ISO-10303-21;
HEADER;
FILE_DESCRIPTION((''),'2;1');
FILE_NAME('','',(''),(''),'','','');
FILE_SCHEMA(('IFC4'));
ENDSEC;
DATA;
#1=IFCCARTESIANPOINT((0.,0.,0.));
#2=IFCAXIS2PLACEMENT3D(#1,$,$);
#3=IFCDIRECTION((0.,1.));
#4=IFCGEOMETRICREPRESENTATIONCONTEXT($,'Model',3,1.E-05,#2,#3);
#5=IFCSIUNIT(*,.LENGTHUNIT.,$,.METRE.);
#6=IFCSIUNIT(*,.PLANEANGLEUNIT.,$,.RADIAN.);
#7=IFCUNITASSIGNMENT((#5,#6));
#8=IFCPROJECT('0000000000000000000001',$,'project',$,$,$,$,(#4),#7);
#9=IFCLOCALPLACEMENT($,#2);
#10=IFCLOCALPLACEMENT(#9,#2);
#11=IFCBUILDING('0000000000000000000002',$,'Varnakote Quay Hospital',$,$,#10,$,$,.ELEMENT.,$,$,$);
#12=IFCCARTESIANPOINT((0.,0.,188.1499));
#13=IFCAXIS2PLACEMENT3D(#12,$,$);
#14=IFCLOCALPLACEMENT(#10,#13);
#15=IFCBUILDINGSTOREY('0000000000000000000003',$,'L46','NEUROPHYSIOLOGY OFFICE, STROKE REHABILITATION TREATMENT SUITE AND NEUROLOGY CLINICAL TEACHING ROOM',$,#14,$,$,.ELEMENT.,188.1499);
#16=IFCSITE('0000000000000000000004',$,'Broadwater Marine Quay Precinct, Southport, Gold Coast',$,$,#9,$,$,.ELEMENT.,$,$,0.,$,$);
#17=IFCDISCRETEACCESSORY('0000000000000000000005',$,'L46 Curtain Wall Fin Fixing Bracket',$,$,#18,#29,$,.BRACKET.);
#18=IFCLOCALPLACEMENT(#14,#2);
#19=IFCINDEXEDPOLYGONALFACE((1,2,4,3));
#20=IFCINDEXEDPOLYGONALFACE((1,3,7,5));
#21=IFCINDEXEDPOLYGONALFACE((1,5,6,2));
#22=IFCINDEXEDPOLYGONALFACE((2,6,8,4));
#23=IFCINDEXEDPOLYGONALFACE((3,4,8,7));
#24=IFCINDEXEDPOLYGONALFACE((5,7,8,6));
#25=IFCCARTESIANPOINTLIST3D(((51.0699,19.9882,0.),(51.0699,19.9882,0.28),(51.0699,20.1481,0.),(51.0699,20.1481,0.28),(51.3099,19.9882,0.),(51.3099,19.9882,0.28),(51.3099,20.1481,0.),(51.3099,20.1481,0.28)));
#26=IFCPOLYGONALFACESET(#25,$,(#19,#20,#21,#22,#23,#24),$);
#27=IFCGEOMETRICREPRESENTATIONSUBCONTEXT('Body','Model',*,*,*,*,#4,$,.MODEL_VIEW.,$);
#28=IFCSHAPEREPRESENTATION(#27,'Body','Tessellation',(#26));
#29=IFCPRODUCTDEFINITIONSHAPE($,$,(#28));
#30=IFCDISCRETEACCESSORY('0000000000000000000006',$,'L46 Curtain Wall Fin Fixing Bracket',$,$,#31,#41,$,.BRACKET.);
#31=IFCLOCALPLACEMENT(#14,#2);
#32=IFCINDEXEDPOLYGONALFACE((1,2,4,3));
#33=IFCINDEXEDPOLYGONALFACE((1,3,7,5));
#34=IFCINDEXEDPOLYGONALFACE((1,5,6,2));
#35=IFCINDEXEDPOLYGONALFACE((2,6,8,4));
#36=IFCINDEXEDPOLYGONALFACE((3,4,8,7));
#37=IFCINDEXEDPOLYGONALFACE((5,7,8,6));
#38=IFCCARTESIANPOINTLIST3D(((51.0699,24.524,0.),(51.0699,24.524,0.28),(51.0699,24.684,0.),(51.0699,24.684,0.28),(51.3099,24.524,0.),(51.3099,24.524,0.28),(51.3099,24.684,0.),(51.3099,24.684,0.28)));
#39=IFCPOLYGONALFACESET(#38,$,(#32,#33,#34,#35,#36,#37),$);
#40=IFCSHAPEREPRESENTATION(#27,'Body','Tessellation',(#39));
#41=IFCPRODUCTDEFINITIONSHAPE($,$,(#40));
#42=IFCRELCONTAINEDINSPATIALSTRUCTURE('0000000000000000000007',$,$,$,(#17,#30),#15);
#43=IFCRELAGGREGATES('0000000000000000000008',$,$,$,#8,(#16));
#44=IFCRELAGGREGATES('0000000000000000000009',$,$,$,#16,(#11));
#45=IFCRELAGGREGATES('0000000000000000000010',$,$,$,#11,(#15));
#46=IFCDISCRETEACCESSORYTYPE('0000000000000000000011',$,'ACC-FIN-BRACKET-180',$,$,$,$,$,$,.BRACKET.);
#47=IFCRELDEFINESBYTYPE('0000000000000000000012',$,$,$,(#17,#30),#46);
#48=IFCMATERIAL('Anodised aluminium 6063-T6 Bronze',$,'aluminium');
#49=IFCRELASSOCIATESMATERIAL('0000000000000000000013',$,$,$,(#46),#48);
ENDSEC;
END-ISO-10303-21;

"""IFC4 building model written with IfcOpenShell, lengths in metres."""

from ifc_helpers import new_model, si_unit, direction, frame, origin, origin_2d, place, context, subcontext, project, spatial, rectangle, extrude, material, type_object, element, save


model = new_model("IFC4")

# Units and contexts
model_context = context("Model", 3, precision=1e-05, world=origin(), true_north=direction((0.0, 1.0)))
body_context = subcontext(model_context, "Body", "Model", "MODEL_VIEW")
ifc_project = project(units=[si_unit("LENGTHUNIT", "METRE"), si_unit("PLANEANGLEUNIT", "RADIAN")], contexts=[model_context])

# Site, building, storey
site_placement = place(None, origin())
site = spatial("IfcSite", under=ifc_project, at=site_placement, Name="Broadwater Marine Quay Precinct, Southport, Gold Coast", CompositionType="ELEMENT", RefElevation=0.0)
building_placement = place(site_placement, origin())
building = spatial("IfcBuilding", under=site, at=building_placement, Name="Varnakote Quay Hospital", CompositionType="ELEMENT")
storey_placement = place(building_placement, frame((0.0, 0.0, 188.1499)))
storey = spatial("IfcBuildingStorey", under=building, at=storey_placement, Name="L46", Description="NEUROPHYSIOLOGY OFFICE, STROKE REHABILITATION TREATMENT SUITE AND NEUROLOGY CLINICAL TEACHING ROOM", CompositionType="ELEMENT", Elevation=188.1499)

# Discrete accessories
ifc_material_1 = material(Name="Anodised aluminium 6063-T6 Bronze", Category="aluminium")
discrete_accessory_type = type_object("IfcDiscreteAccessoryType", Name="ACC-FIN-BRACKET-180", PredefinedType="BRACKET", material=ifc_material_1)
for number, where, z_axis, x_axis, name in (
    (1, (51.1899, 20.0681, 0.0), (0.0, 0.0, 1.0), (0.0, 1.0, 0.0), "L46 Curtain Wall Fin Fixing Bracket"),
    (2, (51.1899, 24.604, 0.0), (0.0, 0.0, 1.0), (0.0, 1.0, 0.0), "L46 Curtain Wall Fin Fixing Bracket"),
):
    element("IfcDiscreteAccessory", number, at=place(storey_placement, frame(where, z_axis=z_axis, x_axis=x_axis)), inside=storey, type_object=discrete_accessory_type, Name=name, PredefinedType="BRACKET", context=body_context, shape_type="SweptSolid", body=[
        extrude(rectangle(XDim=0.1599, YDim=0.24, at=origin_2d()), origin(), (0.0, 0.0, 1.0), 0.28),
    ])

save(model, "model.ifc")
